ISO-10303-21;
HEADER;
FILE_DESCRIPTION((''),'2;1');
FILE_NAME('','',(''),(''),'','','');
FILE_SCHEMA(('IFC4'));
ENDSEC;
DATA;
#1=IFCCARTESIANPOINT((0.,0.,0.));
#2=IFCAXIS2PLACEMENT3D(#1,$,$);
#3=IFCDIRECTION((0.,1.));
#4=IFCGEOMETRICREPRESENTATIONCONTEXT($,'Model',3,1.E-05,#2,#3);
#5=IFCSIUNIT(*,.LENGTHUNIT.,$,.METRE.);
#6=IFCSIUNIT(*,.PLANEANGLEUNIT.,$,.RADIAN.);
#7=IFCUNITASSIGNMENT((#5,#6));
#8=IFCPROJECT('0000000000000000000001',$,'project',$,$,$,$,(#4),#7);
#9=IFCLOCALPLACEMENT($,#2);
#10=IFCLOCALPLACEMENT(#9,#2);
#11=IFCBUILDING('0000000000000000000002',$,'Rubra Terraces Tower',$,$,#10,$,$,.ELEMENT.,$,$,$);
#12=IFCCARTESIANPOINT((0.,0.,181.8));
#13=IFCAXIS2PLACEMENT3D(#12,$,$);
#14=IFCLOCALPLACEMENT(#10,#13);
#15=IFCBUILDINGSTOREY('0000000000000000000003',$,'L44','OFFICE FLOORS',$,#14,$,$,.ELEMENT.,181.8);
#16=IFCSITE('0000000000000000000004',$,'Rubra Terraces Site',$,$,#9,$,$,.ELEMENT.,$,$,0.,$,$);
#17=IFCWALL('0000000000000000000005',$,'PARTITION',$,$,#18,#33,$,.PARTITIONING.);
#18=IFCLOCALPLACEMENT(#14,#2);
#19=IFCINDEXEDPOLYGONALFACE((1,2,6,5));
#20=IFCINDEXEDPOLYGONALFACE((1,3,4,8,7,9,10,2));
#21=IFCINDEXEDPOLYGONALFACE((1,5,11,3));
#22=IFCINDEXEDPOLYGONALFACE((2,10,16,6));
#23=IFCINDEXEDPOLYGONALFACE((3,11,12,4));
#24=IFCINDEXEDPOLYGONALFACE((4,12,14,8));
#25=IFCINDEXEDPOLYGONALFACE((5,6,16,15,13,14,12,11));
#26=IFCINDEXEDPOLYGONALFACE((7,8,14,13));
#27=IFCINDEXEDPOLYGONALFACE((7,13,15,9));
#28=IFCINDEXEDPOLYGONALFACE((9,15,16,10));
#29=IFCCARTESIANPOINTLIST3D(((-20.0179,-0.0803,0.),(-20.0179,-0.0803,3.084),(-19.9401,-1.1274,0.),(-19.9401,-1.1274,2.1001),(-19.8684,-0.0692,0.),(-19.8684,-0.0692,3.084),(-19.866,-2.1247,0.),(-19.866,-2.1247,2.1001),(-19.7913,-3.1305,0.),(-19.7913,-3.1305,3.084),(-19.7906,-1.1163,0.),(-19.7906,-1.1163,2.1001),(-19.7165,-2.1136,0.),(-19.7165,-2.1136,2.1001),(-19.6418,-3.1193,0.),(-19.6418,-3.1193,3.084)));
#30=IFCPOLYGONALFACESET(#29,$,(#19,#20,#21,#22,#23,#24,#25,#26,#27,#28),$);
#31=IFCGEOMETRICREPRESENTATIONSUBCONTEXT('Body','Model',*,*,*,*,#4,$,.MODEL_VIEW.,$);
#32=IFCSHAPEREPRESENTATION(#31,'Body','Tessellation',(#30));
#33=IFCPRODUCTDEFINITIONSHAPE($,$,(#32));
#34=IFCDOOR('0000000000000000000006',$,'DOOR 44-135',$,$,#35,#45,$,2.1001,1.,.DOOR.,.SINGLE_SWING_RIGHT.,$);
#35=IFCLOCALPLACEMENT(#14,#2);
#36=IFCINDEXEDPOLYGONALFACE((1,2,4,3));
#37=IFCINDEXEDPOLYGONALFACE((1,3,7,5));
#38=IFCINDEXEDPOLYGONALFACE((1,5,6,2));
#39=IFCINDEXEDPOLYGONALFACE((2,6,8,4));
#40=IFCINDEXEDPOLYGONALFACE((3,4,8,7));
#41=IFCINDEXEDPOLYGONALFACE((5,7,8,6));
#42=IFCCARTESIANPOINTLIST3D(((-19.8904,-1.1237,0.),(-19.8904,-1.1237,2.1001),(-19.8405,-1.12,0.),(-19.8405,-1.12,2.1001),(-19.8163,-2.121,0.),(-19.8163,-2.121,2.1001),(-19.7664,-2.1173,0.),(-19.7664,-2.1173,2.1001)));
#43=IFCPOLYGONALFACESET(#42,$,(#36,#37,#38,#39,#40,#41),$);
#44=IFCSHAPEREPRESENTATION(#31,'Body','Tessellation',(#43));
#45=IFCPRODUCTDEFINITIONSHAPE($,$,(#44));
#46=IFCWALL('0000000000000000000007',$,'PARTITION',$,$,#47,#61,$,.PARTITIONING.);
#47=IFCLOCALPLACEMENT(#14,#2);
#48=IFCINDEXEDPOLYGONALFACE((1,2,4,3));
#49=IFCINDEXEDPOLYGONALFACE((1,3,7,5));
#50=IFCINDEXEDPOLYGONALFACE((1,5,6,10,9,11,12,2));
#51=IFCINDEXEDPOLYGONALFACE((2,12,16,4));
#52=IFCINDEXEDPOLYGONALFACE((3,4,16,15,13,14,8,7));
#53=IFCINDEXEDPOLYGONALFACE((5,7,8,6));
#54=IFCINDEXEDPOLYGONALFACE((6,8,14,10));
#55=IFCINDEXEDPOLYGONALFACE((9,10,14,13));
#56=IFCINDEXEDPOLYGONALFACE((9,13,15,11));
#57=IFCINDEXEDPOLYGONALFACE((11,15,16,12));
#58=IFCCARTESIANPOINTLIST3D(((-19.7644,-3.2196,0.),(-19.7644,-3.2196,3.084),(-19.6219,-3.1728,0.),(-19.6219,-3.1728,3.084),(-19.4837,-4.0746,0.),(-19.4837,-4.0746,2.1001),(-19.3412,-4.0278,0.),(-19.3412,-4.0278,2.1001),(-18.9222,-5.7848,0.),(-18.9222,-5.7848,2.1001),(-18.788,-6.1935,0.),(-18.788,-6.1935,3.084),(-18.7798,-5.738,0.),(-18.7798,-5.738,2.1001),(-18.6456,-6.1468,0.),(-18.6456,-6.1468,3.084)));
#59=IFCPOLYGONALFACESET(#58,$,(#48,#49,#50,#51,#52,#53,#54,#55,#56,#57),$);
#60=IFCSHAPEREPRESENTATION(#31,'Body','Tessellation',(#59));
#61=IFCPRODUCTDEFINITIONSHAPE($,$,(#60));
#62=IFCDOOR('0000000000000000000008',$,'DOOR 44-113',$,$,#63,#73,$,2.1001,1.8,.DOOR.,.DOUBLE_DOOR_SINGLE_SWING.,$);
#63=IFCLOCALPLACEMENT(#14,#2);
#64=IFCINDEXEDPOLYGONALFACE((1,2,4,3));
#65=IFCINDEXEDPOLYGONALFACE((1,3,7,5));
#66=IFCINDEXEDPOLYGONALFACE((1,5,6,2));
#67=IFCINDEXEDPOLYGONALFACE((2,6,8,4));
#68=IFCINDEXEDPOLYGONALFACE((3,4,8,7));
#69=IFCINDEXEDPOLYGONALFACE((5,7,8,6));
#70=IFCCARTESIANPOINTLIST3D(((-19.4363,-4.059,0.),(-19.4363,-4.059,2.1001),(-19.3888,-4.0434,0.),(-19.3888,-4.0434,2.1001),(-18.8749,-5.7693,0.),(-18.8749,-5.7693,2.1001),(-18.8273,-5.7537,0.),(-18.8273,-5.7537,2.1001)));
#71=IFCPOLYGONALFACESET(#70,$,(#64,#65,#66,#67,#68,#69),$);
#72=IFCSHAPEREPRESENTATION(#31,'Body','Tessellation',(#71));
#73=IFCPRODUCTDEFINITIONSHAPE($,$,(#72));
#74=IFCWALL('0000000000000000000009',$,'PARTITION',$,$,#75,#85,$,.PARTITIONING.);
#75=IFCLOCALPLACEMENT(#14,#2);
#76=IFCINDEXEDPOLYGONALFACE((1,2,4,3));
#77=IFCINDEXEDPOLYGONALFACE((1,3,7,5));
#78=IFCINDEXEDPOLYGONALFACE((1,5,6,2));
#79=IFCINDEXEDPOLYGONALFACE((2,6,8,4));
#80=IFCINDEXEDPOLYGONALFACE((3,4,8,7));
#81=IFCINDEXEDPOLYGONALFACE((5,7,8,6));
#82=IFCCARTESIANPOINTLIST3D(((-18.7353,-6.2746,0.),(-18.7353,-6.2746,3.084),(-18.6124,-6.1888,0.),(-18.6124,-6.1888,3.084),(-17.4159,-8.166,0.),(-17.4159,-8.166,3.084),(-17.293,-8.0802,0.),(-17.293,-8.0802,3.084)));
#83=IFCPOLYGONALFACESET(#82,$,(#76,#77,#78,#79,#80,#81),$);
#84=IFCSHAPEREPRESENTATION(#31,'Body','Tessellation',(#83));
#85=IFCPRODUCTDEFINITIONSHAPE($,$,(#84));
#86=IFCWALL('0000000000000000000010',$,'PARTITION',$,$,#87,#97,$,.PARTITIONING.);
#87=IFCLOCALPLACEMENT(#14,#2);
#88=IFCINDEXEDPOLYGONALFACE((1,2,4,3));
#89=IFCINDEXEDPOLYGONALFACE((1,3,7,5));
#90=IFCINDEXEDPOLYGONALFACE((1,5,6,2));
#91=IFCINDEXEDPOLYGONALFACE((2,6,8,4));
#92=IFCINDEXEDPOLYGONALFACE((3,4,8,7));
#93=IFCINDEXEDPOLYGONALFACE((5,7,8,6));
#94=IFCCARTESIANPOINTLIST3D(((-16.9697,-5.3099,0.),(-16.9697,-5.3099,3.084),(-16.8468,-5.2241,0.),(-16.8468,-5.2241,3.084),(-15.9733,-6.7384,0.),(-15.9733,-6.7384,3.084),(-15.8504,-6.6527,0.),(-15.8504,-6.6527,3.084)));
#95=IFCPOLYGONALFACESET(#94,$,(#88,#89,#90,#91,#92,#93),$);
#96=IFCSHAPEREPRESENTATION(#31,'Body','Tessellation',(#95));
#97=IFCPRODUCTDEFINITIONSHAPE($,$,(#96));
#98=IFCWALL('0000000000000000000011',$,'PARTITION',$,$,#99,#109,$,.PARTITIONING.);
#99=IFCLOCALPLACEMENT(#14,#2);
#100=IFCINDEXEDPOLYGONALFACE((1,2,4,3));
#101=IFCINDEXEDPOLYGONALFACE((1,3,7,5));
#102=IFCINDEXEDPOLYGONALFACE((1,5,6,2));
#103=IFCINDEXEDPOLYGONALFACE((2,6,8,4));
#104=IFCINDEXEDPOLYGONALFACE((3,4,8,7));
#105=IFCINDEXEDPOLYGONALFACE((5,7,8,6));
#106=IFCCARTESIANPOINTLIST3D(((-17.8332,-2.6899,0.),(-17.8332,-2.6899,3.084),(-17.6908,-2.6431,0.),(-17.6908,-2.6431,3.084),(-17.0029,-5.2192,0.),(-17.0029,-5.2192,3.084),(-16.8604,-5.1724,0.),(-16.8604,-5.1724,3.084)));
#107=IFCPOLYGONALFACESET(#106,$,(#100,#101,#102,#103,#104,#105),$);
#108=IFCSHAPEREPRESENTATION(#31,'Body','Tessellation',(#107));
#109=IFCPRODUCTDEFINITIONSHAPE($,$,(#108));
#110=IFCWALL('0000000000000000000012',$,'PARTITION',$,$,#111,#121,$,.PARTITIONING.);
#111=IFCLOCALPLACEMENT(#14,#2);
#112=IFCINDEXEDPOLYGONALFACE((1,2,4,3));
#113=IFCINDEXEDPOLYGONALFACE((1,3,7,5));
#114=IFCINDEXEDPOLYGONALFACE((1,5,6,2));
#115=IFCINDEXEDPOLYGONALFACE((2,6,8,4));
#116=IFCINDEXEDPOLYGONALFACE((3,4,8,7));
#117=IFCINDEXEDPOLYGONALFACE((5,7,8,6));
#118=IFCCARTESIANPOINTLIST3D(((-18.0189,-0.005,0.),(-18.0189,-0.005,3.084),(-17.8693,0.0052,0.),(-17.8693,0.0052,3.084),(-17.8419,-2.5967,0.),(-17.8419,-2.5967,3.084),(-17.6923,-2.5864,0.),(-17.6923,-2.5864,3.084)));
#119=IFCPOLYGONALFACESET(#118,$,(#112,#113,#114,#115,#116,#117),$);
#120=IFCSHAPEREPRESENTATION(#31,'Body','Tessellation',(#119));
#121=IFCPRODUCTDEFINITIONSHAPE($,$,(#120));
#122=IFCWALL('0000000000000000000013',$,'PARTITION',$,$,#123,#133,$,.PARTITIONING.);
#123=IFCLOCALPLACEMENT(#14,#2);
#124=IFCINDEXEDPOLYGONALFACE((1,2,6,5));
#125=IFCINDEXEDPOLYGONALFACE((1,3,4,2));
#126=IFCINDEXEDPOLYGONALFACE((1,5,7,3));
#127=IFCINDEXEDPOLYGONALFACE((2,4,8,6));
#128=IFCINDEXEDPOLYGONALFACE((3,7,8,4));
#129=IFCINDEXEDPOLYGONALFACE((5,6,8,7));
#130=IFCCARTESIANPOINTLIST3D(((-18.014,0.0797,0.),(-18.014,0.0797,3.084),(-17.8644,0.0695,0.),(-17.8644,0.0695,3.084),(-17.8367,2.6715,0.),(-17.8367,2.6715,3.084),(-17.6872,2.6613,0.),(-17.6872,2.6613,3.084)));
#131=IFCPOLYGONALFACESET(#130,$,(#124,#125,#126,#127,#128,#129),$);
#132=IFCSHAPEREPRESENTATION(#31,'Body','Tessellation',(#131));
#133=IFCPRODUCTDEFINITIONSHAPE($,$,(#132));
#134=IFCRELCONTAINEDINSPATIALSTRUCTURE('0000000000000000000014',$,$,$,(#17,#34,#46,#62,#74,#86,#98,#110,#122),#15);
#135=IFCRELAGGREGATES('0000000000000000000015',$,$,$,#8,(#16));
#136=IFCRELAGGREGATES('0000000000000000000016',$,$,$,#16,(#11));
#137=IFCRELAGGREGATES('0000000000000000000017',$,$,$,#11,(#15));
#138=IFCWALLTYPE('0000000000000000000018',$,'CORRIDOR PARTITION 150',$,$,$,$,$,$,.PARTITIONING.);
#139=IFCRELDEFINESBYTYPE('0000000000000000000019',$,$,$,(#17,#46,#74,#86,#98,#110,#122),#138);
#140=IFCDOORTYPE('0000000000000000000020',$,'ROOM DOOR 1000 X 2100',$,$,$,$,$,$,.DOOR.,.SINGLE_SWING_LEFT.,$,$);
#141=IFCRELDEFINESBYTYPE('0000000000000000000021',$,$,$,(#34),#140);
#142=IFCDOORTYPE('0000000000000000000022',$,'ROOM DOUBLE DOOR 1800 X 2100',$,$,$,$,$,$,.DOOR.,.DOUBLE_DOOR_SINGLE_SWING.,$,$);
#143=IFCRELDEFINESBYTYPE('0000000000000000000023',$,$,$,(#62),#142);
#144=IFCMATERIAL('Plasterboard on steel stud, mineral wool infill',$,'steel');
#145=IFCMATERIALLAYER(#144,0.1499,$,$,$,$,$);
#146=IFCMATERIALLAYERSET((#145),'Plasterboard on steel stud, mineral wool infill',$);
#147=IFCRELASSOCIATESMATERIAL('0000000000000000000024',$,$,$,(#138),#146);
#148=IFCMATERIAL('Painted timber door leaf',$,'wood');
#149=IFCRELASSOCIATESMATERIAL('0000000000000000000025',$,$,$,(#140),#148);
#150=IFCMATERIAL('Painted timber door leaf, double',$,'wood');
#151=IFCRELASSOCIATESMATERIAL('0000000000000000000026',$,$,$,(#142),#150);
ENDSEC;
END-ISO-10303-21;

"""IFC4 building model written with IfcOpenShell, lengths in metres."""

from ifc_helpers import new_model, si_unit, direction, frame, frame_2d, origin, place, context, subcontext, project, spatial, rectangle, extrude, material, layer, layer_set, type_object, element, fill, save


model = new_model("IFC4")

# Units and contexts
model_context = context("Model", 3, precision=1e-05, world=origin(), true_north=direction((0.0, 1.0)))
body_context = subcontext(model_context, "Body", "Model", "MODEL_VIEW")
ifc_project = project(units=[si_unit("LENGTHUNIT", "METRE"), si_unit("PLANEANGLEUNIT", "RADIAN")], contexts=[model_context])

# Site, building, storey
site_placement = place(None, origin())
site = spatial("IfcSite", under=ifc_project, at=site_placement, Name="Rubra Terraces Site", CompositionType="ELEMENT", RefElevation=0.0)
building_placement = place(site_placement, origin())
building = spatial("IfcBuilding", under=site, at=building_placement, Name="Rubra Terraces Tower", CompositionType="ELEMENT")
storey_placement = place(building_placement, frame((0.0, 0.0, 181.8)))
storey = spatial("IfcBuildingStorey", under=building, at=storey_placement, Name="L44", Description="OFFICE FLOORS", CompositionType="ELEMENT", Elevation=181.8)

# Walls, openings, doors
ifc_material_1 = material(Name="Plasterboard on steel stud, mineral wool infill", Category="steel")
ifc_layer_1 = layer(ifc_material_1, 0.1499)
ifc_layer_set_1 = layer_set([ifc_layer_1], Name="Plasterboard on steel stud, mineral wool infill")
wall_type_1 = type_object("IfcWallType", Name="CORRIDOR PARTITION 150", PredefinedType="PARTITIONING", material=ifc_layer_set_1)
wall_1_placement = place(storey_placement, frame((-19.9431, -0.0747, 0.0), z_axis=(0.0, 0.0, 1.0), x_axis=(0.074072, -0.997253, 0.0)))
wall_1 = element("IfcWall", 1, at=wall_1_placement, inside=storey, type_object=wall_type_1, Name="PARTITION", PredefinedType="PARTITIONING", context=body_context, shape_type="SweptSolid", body=[
    extrude(rectangle(XDim=3.0586, YDim=0.1499, at=frame_2d((1.5293, 0.0))), origin(), (0.0, 0.0, 1.0), 3.084),
])
opening_1_placement = place(wall_1_placement, frame((1.05, 0.0, 0.0)))
opening_1 = element("IfcOpeningElement", 2, at=opening_1_placement, cuts=wall_1, PredefinedType="OPENING", context=body_context, shape_type="SweptSolid", body=[
    extrude(rectangle(XDim=1.0, YDim=2.1001, at=frame_2d((0.5, 1.05))), frame((0.0, 0.085, 0.0), z_axis=(0.0, -1.0, 0.0), x_axis=(1.0, 0.0, 0.0)), (0.0, 0.0, 1.0), 0.1699),
])
ifc_material_2 = material(Name="Painted timber door leaf", Category="wood")
door_type_1 = type_object("IfcDoorType", Name="ROOM DOOR 1000 X 2100", OperationType="SINGLE_SWING_LEFT", PredefinedType="DOOR", material=ifc_material_2)
door_1_placement = place(opening_1_placement, origin())
door_1 = element("IfcDoor", 3, at=door_1_placement, inside=storey, type_object=door_type_1, Name="DOOR 44-135", OperationType="SINGLE_SWING_RIGHT", OverallHeight=2.1001, OverallWidth=1.0, PredefinedType="DOOR", context=body_context, shape_type="SweptSolid", body=[
    extrude(rectangle(XDim=1.0, YDim=2.1001, at=frame_2d((0.5, 1.05))), frame((0.0, 0.0249, 0.0), z_axis=(0.0, -1.0, 0.0), x_axis=(1.0, 0.0, 0.0)), (0.0, 0.0, 1.0), 0.05),
])
fill(opening_1, door_1)
wall_2_placement = place(storey_placement, frame((-19.6931, -3.1963, 0.0), z_axis=(0.0, 0.0, 1.0), x_axis=(0.311919, -0.950109, 0.0)))
wall_2 = element("IfcWall", 4, at=wall_2_placement, inside=storey, type_object=wall_type_1, Name="PARTITION", PredefinedType="PARTITIONING", context=body_context, shape_type="SweptSolid", body=[
    extrude(rectangle(XDim=3.1301, YDim=0.1499, at=frame_2d((1.5649, 0.0))), origin(), (0.0, 0.0, 1.0), 3.084),
])
opening_2_placement = place(wall_2_placement, frame((0.8999, 0.0, 0.0)))
opening_2 = element("IfcOpeningElement", 5, at=opening_2_placement, cuts=wall_2, PredefinedType="OPENING", context=body_context, shape_type="SweptSolid", body=[
    extrude(rectangle(XDim=1.8, YDim=2.1001, at=frame_2d((0.8999, 1.05))), frame((0.0, 0.085, 0.0), z_axis=(0.0, -1.0, 0.0), x_axis=(1.0, 0.0, 0.0)), (0.0, 0.0, 1.0), 0.1699),
])
ifc_material_3 = material(Name="Painted timber door leaf, double", Category="wood")
door_type_2 = type_object("IfcDoorType", Name="ROOM DOUBLE DOOR 1800 X 2100", OperationType="DOUBLE_DOOR_SINGLE_SWING", PredefinedType="DOOR", material=ifc_material_3)
door_2_placement = place(opening_2_placement, origin())
door_2 = element("IfcDoor", 6, at=door_2_placement, inside=storey, type_object=door_type_2, Name="DOOR 44-113", OperationType="DOUBLE_DOOR_SINGLE_SWING", OverallHeight=2.1001, OverallWidth=1.8, PredefinedType="DOOR", context=body_context, shape_type="SweptSolid", body=[
    extrude(rectangle(XDim=1.8, YDim=2.1001, at=frame_2d((0.8999, 1.05))), frame((0.0, 0.0249, 0.0), z_axis=(0.0, -1.0, 0.0), x_axis=(1.0, 0.0, 0.0)), (0.0, 0.0, 1.0), 0.05),
])
fill(opening_2, door_2)

# Wall
wall_3_placement = place(storey_placement, frame((-18.6738, -6.2317, 0.0), z_axis=(0.0, 0.0, 1.0), x_axis=(0.572119, -0.820171, 0.0)))
element("IfcWall", 7, at=wall_3_placement, inside=storey, type_object=wall_type_1, Name="PARTITION", PredefinedType="PARTITIONING", context=body_context, shape_type="SweptSolid", body=[
    extrude(rectangle(XDim=2.3062, YDim=0.1499, at=frame_2d((1.1531, 0.0))), origin(), (0.0, 0.0, 1.0), 3.084),
])

# Walls
wall_4_placement = place(storey_placement, frame((-15.9119, -6.6956, 0.0), z_axis=(0.0, 0.0, 1.0), x_axis=(-0.572079, 0.820199, 0.0)))
element("IfcWall", 8, at=wall_4_placement, inside=storey, type_object=wall_type_1, Name="PARTITION", PredefinedType="PARTITIONING", context=body_context, shape_type="SweptSolid", body=[
    extrude(rectangle(XDim=1.7417, YDim=0.1499, at=frame_2d((0.8708, 0.0))), origin(), (0.0, 0.0, 1.0), 3.084),
])
wall_5_placement = place(storey_placement, frame((-16.9316, -5.1958, 0.0), z_axis=(0.0, 0.0, 1.0), x_axis=(-0.311905, 0.950113, 0.0)))
element("IfcWall", 9, at=wall_5_placement, inside=storey, type_object=wall_type_1, Name="PARTITION", PredefinedType="PARTITIONING", context=body_context, shape_type="SweptSolid", body=[
    extrude(rectangle(XDim=2.6621, YDim=0.1499, at=frame_2d((1.3311, 0.0))), origin(), (0.0, 0.0, 1.0), 3.084),
])
wall_6_placement = place(storey_placement, frame((-17.7671, -2.5916, 0.0), z_axis=(0.0, 0.0, 1.0), x_axis=(-0.068141, 0.997676, 0.0)))
element("IfcWall", 10, at=wall_6_placement, inside=storey, type_object=wall_type_1, Name="PARTITION", PredefinedType="PARTITIONING", context=body_context, shape_type="SweptSolid", body=[
    extrude(rectangle(XDim=2.5977, YDim=0.1499, at=frame_2d((1.2988, 0.0))), origin(), (0.0, 0.0, 1.0), 3.084),
])
wall_7_placement = place(storey_placement, frame((-17.9392, 0.0747, 0.0), z_axis=(0.0, 0.0, 1.0), x_axis=(0.068228, 0.99767, 0.0)))
element("IfcWall", 11, at=wall_7_placement, inside=storey, type_object=wall_type_1, Name="PARTITION", PredefinedType="PARTITIONING", context=body_context, shape_type="SweptSolid", body=[
    extrude(rectangle(XDim=2.5979, YDim=0.1499, at=frame_2d((1.2988, 0.0))), origin(), (0.0, 0.0, 1.0), 3.084),
])

save(model, "model.ifc")
